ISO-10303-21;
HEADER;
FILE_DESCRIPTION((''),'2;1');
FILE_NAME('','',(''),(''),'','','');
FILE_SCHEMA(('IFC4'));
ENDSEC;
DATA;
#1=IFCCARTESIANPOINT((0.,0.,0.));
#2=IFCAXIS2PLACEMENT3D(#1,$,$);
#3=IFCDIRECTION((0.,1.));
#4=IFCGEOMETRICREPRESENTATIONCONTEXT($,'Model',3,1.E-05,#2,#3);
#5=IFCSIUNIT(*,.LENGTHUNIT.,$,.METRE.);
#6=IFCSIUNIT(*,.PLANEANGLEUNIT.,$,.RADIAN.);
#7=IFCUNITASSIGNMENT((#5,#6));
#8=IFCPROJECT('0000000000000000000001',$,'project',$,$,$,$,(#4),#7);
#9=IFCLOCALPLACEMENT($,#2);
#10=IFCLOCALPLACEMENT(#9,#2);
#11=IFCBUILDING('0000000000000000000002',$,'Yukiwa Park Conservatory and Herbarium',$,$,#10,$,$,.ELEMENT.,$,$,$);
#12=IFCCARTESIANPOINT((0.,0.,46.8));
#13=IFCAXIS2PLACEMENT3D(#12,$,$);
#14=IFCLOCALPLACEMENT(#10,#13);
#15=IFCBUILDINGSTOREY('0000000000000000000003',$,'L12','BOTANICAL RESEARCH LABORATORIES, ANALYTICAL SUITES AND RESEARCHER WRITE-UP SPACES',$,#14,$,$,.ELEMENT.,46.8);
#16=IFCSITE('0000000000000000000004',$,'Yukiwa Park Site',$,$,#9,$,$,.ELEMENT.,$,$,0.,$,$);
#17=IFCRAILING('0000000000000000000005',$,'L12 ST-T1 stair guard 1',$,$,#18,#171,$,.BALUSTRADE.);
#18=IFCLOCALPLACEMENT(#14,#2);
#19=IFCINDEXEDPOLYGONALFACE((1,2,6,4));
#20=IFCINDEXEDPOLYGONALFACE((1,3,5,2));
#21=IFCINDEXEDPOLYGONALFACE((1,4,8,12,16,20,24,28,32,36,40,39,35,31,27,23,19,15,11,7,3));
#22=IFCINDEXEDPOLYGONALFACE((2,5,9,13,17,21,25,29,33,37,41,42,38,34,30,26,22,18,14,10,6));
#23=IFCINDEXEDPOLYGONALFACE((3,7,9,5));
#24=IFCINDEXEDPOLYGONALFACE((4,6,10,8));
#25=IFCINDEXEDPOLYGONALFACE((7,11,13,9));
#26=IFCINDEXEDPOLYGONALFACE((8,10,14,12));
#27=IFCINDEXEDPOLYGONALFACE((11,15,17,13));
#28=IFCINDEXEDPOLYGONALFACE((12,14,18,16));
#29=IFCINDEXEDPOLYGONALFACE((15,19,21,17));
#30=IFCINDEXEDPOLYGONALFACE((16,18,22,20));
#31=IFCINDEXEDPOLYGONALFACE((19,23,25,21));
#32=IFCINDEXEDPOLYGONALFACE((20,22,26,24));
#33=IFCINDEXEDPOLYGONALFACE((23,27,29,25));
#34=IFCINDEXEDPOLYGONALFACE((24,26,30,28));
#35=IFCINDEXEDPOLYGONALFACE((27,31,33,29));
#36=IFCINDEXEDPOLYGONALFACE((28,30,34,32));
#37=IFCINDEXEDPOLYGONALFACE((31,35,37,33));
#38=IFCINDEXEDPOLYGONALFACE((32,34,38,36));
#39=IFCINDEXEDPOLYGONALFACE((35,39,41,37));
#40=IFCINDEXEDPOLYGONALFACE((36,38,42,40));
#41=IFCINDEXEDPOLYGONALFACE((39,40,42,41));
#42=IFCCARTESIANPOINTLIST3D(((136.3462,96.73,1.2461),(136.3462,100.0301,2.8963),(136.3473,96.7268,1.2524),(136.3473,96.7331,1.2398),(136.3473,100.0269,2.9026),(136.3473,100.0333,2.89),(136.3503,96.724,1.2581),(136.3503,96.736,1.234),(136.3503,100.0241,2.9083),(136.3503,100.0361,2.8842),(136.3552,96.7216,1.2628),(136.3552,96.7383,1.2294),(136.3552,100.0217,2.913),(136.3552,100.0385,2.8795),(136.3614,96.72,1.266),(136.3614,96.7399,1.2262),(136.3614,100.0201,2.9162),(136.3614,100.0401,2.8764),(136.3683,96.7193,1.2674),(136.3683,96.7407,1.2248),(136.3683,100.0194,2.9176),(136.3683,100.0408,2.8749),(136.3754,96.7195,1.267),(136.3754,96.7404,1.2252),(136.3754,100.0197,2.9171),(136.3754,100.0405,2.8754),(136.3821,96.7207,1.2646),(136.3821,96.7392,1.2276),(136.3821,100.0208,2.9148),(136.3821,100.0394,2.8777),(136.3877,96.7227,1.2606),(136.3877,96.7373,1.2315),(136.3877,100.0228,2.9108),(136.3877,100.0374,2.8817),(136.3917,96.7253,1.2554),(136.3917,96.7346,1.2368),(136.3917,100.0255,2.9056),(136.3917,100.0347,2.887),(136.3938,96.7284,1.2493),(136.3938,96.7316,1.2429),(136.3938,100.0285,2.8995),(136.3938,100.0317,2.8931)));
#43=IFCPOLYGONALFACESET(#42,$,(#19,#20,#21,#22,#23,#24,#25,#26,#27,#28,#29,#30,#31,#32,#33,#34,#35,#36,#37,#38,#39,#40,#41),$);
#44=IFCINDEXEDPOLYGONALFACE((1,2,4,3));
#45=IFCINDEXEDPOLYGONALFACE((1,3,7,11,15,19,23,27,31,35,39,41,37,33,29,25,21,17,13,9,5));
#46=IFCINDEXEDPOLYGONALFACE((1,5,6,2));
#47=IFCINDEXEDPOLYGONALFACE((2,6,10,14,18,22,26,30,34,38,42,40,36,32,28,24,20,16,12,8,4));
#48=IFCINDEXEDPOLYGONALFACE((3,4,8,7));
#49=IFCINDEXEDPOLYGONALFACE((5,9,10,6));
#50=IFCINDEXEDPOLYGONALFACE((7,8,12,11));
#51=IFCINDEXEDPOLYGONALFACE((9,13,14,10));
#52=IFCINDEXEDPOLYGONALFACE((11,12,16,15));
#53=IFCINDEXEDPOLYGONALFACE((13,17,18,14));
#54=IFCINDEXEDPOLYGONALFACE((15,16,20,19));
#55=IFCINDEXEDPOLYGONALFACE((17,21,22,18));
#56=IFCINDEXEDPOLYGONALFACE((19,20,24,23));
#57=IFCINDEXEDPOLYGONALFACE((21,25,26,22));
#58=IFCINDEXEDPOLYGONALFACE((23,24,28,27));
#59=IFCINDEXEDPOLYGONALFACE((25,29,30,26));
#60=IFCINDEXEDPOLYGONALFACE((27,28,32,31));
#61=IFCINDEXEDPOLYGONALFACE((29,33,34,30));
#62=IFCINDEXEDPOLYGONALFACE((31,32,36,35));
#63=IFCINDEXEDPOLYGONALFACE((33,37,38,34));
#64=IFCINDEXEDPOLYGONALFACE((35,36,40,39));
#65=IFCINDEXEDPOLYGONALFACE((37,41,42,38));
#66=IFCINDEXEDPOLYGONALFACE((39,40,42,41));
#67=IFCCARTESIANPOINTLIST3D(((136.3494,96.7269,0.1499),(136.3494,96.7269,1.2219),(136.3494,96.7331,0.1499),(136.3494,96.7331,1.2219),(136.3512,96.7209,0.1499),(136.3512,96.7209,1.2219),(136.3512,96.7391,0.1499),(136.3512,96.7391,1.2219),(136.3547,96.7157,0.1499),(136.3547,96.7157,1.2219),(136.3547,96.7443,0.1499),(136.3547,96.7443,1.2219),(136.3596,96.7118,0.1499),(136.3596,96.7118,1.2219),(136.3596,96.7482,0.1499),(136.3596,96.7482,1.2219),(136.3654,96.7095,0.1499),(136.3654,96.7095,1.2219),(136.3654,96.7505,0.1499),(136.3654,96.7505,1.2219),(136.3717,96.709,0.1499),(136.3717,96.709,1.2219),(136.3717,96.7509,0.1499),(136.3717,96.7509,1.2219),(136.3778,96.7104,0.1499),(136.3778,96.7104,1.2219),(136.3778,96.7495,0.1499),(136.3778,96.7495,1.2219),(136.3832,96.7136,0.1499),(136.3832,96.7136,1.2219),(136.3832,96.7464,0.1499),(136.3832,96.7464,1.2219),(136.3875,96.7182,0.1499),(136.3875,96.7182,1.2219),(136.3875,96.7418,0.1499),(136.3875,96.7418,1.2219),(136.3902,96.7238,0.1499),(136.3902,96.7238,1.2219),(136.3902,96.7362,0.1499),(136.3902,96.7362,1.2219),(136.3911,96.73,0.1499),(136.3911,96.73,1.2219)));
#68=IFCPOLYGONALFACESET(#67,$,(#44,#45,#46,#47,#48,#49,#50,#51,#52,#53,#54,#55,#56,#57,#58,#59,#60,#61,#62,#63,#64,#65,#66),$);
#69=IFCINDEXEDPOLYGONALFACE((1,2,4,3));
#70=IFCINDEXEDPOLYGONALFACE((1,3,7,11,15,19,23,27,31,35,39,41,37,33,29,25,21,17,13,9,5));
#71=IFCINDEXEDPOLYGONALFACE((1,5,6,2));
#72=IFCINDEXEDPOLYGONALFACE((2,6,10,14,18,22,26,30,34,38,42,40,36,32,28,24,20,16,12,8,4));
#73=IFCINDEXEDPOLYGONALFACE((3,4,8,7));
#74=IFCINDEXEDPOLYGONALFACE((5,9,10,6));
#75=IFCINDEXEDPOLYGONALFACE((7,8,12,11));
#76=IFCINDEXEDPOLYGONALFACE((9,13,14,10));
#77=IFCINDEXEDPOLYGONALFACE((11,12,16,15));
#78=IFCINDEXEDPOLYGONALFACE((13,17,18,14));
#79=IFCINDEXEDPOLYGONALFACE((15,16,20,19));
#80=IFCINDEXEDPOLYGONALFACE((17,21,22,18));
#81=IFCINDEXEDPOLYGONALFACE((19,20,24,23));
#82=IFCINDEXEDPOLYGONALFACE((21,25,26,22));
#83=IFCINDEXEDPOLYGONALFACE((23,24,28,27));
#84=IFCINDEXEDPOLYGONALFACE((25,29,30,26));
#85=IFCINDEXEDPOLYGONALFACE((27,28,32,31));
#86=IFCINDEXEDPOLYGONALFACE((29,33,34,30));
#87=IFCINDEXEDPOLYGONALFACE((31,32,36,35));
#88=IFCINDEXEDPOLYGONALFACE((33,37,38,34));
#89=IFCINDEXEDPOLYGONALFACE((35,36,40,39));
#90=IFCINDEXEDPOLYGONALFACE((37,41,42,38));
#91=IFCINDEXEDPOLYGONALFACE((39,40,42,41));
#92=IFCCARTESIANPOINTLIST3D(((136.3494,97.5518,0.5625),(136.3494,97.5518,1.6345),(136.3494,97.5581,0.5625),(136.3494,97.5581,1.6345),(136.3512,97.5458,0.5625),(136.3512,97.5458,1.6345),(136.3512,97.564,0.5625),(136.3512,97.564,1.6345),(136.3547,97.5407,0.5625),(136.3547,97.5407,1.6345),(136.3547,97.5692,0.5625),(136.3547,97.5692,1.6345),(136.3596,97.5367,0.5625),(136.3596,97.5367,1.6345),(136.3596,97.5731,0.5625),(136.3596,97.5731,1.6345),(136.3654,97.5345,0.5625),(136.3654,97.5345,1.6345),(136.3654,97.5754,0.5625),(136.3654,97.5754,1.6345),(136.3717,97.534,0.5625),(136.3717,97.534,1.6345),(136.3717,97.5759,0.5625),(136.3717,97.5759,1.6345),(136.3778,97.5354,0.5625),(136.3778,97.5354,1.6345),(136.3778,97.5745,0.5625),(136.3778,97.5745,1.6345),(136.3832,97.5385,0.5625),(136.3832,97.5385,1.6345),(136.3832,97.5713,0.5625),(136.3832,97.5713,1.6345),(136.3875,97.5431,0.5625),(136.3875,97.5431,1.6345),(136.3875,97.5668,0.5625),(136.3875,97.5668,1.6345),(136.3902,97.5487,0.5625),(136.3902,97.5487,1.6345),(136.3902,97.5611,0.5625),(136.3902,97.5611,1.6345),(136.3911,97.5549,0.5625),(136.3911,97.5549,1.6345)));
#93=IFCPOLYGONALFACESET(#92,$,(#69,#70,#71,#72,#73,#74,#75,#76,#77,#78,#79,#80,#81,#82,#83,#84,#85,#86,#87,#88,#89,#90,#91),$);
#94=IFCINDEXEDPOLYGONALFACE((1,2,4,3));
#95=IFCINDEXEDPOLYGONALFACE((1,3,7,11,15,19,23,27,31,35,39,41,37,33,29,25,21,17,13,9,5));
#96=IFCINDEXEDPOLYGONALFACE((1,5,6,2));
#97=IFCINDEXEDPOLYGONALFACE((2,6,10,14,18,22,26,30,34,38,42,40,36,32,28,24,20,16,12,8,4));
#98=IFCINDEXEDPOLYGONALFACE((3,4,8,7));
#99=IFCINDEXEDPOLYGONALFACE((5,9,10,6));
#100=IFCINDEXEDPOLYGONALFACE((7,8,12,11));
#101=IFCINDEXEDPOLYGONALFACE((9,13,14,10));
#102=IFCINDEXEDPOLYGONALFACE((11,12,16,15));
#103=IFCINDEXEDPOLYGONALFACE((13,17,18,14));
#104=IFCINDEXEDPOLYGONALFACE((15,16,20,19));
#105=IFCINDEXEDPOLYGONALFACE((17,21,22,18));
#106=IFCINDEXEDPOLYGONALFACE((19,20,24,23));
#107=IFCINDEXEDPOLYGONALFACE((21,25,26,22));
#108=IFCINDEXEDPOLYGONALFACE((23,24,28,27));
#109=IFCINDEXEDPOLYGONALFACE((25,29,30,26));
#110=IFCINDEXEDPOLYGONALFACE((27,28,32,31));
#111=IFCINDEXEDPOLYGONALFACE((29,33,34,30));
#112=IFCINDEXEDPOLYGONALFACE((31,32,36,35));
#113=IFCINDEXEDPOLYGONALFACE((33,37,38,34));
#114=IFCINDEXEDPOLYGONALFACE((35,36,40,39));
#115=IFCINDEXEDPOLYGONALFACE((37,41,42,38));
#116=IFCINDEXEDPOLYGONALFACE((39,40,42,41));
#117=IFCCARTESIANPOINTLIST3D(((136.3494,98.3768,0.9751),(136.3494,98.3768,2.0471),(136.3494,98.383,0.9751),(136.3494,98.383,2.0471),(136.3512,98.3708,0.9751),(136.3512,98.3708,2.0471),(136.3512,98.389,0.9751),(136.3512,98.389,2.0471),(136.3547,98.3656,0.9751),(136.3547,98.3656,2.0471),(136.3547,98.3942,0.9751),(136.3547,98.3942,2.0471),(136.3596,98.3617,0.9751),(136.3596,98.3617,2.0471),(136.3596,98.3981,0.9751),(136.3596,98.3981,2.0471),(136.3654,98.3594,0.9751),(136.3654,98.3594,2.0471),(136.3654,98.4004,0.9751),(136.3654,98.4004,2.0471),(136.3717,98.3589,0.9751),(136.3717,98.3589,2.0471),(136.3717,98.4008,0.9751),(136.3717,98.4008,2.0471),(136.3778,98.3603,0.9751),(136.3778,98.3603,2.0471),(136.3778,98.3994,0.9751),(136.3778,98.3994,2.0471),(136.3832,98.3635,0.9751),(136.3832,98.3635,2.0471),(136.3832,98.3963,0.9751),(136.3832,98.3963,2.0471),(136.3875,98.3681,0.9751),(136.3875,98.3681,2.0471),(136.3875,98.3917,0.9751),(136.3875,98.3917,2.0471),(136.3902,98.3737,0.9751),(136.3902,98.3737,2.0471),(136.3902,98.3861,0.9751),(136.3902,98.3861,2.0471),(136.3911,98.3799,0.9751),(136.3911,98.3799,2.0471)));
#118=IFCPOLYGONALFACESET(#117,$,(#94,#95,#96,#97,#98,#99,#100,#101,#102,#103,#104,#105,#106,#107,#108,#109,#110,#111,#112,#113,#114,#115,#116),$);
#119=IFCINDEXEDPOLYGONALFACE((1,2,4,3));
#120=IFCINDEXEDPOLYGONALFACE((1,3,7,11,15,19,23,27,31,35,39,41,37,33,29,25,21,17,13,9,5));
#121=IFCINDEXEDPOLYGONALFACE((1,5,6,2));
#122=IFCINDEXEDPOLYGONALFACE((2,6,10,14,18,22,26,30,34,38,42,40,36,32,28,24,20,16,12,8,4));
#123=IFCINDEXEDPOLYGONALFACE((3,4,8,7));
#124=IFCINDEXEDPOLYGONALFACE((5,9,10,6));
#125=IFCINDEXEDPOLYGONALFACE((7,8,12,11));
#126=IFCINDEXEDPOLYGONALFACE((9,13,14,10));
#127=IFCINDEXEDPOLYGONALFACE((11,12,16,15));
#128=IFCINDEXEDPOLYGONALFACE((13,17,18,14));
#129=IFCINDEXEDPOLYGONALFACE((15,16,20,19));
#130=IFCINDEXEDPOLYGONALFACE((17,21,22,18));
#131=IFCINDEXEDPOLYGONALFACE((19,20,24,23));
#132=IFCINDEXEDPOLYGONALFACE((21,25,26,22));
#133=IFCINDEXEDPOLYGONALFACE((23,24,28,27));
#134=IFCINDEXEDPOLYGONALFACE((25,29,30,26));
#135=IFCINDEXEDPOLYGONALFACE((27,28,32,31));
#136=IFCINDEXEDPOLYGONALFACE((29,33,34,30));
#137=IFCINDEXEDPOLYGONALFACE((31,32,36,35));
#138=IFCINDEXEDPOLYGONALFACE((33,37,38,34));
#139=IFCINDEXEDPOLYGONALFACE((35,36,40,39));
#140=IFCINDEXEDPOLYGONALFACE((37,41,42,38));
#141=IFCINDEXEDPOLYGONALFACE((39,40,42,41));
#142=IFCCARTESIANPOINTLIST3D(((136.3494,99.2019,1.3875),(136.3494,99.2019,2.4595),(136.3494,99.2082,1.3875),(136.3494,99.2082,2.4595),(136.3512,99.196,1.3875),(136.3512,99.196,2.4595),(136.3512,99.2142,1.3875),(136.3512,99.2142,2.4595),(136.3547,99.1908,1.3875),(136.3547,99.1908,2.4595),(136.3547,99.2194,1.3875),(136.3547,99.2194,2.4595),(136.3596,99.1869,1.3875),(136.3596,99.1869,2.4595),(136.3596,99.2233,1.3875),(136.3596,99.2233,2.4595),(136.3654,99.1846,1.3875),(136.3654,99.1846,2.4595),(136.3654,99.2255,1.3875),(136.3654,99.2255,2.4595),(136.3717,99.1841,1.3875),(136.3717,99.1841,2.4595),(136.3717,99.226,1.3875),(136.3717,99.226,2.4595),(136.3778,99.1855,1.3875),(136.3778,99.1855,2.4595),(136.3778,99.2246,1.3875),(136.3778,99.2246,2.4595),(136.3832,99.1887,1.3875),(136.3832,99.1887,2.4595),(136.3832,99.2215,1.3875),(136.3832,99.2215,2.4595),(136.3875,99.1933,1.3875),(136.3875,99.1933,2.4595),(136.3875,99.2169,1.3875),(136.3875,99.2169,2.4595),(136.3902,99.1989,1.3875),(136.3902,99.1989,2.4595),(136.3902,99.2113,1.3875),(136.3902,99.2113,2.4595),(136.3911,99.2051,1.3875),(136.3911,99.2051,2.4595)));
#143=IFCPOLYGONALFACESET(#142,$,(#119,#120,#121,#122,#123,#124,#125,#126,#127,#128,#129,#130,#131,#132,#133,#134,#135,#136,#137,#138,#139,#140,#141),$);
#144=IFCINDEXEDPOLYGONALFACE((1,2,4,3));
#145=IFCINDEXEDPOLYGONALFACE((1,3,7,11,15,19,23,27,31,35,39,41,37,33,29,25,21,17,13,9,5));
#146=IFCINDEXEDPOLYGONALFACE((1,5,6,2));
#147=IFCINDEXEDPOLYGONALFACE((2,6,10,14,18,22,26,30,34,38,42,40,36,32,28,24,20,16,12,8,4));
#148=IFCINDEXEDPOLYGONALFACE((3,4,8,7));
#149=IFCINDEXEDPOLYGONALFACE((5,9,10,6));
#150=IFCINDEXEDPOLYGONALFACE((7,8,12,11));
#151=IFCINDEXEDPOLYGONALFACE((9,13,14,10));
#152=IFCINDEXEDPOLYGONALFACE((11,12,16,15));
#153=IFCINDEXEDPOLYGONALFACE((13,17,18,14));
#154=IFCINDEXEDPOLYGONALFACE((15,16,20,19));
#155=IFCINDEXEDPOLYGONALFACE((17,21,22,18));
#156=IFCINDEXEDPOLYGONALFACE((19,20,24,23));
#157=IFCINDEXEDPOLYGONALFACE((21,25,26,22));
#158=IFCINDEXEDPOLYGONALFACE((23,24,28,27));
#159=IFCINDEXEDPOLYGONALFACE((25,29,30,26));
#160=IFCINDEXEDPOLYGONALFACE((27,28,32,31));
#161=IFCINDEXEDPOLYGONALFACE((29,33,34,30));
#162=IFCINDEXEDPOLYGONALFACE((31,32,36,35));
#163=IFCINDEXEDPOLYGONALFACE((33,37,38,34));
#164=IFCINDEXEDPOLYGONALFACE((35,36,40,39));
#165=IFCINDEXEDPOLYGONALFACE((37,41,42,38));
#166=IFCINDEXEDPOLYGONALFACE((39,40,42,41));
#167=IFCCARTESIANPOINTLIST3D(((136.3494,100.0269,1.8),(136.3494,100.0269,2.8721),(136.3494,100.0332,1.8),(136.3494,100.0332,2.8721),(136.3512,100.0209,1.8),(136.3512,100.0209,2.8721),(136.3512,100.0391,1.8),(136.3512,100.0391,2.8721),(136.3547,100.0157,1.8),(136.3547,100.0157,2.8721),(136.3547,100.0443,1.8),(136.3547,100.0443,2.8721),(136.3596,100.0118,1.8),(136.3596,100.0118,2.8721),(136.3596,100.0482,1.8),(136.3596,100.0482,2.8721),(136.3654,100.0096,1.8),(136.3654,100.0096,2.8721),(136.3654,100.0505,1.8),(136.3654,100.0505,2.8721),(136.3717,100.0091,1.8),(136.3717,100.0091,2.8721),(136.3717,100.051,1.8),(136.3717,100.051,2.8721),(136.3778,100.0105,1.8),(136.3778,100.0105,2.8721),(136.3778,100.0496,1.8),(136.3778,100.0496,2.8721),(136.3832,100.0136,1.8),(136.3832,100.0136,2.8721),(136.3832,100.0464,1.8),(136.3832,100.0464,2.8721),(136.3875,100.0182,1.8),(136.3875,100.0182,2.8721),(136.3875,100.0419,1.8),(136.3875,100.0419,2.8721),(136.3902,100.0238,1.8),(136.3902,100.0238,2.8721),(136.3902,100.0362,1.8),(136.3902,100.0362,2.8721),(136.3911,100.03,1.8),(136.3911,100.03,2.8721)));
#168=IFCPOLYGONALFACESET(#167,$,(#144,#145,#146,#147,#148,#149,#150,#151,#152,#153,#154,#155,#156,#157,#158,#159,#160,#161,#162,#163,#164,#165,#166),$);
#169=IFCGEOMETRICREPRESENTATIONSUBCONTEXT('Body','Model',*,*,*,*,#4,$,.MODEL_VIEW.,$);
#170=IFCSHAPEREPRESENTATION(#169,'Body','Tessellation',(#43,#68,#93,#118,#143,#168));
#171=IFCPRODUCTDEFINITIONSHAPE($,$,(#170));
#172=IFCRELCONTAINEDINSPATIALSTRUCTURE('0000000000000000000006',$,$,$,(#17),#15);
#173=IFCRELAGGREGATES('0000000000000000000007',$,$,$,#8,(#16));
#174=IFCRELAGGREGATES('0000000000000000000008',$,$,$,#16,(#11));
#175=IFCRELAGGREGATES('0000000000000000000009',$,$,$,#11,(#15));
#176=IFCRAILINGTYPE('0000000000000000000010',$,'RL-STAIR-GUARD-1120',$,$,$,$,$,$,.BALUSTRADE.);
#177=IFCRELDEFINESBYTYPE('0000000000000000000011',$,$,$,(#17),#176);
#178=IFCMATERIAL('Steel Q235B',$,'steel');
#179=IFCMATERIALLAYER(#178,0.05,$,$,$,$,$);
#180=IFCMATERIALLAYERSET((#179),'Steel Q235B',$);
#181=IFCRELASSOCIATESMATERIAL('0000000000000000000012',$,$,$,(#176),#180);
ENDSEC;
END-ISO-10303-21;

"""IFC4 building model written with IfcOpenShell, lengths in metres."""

from ifc_helpers import new_model, si_unit, direction, frame, origin, origin_2d, place, context, subcontext, project, spatial, circle, extrude, material, layer, layer_set, type_object, element, save


model = new_model("IFC4")

# Units and contexts
model_context = context("Model", 3, precision=1e-05, world=origin(), true_north=direction((0.0, 1.0)))
body_context = subcontext(model_context, "Body", "Model", "MODEL_VIEW")
ifc_project = project(units=[si_unit("LENGTHUNIT", "METRE"), si_unit("PLANEANGLEUNIT", "RADIAN")], contexts=[model_context])

# Site, building, storey
site_placement = place(None, origin())
site = spatial("IfcSite", under=ifc_project, at=site_placement, Name="Yukiwa Park Site", CompositionType="ELEMENT", RefElevation=0.0)
building_placement = place(site_placement, origin())
building = spatial("IfcBuilding", under=site, at=building_placement, Name="Yukiwa Park Conservatory and Herbarium", CompositionType="ELEMENT")
storey_placement = place(building_placement, frame((0.0, 0.0, 46.8)))
storey = spatial("IfcBuildingStorey", under=building, at=storey_placement, Name="L12", Description="BOTANICAL RESEARCH LABORATORIES, ANALYTICAL SUITES AND RESEARCHER WRITE-UP SPACES", CompositionType="ELEMENT", Elevation=46.8)

# Railing
ifc_material_1 = material(Name="Steel Q235B", Category="steel")
ifc_layer_1 = layer(ifc_material_1, 0.05)
ifc_layer_set_1 = layer_set([ifc_layer_1], Name="Steel Q235B")
railing_type_1 = type_object("IfcRailingType", Name="RL-STAIR-GUARD-1120", PredefinedType="BALUSTRADE", material=ifc_layer_set_1)
railing_1_placement = place(storey_placement, frame((136.3701, 96.73, 0.1499)))
element("IfcRailing", 1, at=railing_1_placement, inside=storey, type_object=railing_type_1, Name="L12 ST-T1 stair guard 1", PredefinedType="BALUSTRADE", context=body_context, shape_type="SweptSolid", body=[
    extrude(circle(Radius=0.0239, at=origin_2d()), frame((0.0, 0.0, 1.0962), z_axis=(0.0, 0.894414, 0.44724), x_axis=(-1.0, 0.0, 0.0)), (0.0, 0.0, 1.0), 3.6897),
    extrude(circle(Radius=0.021, at=origin_2d()), origin(), (0.0, 0.0, 1.0), 1.072),
    extrude(circle(Radius=0.021, at=origin_2d()), frame((0.0, 0.825, 0.4126)), (0.0, 0.0, 1.0), 1.072),
    extrude(circle(Radius=0.021, at=origin_2d()), frame((0.0, 1.6499, 0.8252)), (0.0, 0.0, 1.0), 1.072),
    extrude(circle(Radius=0.021, at=origin_2d()), frame((0.0, 2.4751, 1.2375)), (0.0, 0.0, 1.0), 1.072),
    extrude(circle(Radius=0.021, at=origin_2d()), frame((0.0, 3.3, 1.6501)), (0.0, 0.0, 1.0), 1.072),
])

save(model, "model.ifc")
